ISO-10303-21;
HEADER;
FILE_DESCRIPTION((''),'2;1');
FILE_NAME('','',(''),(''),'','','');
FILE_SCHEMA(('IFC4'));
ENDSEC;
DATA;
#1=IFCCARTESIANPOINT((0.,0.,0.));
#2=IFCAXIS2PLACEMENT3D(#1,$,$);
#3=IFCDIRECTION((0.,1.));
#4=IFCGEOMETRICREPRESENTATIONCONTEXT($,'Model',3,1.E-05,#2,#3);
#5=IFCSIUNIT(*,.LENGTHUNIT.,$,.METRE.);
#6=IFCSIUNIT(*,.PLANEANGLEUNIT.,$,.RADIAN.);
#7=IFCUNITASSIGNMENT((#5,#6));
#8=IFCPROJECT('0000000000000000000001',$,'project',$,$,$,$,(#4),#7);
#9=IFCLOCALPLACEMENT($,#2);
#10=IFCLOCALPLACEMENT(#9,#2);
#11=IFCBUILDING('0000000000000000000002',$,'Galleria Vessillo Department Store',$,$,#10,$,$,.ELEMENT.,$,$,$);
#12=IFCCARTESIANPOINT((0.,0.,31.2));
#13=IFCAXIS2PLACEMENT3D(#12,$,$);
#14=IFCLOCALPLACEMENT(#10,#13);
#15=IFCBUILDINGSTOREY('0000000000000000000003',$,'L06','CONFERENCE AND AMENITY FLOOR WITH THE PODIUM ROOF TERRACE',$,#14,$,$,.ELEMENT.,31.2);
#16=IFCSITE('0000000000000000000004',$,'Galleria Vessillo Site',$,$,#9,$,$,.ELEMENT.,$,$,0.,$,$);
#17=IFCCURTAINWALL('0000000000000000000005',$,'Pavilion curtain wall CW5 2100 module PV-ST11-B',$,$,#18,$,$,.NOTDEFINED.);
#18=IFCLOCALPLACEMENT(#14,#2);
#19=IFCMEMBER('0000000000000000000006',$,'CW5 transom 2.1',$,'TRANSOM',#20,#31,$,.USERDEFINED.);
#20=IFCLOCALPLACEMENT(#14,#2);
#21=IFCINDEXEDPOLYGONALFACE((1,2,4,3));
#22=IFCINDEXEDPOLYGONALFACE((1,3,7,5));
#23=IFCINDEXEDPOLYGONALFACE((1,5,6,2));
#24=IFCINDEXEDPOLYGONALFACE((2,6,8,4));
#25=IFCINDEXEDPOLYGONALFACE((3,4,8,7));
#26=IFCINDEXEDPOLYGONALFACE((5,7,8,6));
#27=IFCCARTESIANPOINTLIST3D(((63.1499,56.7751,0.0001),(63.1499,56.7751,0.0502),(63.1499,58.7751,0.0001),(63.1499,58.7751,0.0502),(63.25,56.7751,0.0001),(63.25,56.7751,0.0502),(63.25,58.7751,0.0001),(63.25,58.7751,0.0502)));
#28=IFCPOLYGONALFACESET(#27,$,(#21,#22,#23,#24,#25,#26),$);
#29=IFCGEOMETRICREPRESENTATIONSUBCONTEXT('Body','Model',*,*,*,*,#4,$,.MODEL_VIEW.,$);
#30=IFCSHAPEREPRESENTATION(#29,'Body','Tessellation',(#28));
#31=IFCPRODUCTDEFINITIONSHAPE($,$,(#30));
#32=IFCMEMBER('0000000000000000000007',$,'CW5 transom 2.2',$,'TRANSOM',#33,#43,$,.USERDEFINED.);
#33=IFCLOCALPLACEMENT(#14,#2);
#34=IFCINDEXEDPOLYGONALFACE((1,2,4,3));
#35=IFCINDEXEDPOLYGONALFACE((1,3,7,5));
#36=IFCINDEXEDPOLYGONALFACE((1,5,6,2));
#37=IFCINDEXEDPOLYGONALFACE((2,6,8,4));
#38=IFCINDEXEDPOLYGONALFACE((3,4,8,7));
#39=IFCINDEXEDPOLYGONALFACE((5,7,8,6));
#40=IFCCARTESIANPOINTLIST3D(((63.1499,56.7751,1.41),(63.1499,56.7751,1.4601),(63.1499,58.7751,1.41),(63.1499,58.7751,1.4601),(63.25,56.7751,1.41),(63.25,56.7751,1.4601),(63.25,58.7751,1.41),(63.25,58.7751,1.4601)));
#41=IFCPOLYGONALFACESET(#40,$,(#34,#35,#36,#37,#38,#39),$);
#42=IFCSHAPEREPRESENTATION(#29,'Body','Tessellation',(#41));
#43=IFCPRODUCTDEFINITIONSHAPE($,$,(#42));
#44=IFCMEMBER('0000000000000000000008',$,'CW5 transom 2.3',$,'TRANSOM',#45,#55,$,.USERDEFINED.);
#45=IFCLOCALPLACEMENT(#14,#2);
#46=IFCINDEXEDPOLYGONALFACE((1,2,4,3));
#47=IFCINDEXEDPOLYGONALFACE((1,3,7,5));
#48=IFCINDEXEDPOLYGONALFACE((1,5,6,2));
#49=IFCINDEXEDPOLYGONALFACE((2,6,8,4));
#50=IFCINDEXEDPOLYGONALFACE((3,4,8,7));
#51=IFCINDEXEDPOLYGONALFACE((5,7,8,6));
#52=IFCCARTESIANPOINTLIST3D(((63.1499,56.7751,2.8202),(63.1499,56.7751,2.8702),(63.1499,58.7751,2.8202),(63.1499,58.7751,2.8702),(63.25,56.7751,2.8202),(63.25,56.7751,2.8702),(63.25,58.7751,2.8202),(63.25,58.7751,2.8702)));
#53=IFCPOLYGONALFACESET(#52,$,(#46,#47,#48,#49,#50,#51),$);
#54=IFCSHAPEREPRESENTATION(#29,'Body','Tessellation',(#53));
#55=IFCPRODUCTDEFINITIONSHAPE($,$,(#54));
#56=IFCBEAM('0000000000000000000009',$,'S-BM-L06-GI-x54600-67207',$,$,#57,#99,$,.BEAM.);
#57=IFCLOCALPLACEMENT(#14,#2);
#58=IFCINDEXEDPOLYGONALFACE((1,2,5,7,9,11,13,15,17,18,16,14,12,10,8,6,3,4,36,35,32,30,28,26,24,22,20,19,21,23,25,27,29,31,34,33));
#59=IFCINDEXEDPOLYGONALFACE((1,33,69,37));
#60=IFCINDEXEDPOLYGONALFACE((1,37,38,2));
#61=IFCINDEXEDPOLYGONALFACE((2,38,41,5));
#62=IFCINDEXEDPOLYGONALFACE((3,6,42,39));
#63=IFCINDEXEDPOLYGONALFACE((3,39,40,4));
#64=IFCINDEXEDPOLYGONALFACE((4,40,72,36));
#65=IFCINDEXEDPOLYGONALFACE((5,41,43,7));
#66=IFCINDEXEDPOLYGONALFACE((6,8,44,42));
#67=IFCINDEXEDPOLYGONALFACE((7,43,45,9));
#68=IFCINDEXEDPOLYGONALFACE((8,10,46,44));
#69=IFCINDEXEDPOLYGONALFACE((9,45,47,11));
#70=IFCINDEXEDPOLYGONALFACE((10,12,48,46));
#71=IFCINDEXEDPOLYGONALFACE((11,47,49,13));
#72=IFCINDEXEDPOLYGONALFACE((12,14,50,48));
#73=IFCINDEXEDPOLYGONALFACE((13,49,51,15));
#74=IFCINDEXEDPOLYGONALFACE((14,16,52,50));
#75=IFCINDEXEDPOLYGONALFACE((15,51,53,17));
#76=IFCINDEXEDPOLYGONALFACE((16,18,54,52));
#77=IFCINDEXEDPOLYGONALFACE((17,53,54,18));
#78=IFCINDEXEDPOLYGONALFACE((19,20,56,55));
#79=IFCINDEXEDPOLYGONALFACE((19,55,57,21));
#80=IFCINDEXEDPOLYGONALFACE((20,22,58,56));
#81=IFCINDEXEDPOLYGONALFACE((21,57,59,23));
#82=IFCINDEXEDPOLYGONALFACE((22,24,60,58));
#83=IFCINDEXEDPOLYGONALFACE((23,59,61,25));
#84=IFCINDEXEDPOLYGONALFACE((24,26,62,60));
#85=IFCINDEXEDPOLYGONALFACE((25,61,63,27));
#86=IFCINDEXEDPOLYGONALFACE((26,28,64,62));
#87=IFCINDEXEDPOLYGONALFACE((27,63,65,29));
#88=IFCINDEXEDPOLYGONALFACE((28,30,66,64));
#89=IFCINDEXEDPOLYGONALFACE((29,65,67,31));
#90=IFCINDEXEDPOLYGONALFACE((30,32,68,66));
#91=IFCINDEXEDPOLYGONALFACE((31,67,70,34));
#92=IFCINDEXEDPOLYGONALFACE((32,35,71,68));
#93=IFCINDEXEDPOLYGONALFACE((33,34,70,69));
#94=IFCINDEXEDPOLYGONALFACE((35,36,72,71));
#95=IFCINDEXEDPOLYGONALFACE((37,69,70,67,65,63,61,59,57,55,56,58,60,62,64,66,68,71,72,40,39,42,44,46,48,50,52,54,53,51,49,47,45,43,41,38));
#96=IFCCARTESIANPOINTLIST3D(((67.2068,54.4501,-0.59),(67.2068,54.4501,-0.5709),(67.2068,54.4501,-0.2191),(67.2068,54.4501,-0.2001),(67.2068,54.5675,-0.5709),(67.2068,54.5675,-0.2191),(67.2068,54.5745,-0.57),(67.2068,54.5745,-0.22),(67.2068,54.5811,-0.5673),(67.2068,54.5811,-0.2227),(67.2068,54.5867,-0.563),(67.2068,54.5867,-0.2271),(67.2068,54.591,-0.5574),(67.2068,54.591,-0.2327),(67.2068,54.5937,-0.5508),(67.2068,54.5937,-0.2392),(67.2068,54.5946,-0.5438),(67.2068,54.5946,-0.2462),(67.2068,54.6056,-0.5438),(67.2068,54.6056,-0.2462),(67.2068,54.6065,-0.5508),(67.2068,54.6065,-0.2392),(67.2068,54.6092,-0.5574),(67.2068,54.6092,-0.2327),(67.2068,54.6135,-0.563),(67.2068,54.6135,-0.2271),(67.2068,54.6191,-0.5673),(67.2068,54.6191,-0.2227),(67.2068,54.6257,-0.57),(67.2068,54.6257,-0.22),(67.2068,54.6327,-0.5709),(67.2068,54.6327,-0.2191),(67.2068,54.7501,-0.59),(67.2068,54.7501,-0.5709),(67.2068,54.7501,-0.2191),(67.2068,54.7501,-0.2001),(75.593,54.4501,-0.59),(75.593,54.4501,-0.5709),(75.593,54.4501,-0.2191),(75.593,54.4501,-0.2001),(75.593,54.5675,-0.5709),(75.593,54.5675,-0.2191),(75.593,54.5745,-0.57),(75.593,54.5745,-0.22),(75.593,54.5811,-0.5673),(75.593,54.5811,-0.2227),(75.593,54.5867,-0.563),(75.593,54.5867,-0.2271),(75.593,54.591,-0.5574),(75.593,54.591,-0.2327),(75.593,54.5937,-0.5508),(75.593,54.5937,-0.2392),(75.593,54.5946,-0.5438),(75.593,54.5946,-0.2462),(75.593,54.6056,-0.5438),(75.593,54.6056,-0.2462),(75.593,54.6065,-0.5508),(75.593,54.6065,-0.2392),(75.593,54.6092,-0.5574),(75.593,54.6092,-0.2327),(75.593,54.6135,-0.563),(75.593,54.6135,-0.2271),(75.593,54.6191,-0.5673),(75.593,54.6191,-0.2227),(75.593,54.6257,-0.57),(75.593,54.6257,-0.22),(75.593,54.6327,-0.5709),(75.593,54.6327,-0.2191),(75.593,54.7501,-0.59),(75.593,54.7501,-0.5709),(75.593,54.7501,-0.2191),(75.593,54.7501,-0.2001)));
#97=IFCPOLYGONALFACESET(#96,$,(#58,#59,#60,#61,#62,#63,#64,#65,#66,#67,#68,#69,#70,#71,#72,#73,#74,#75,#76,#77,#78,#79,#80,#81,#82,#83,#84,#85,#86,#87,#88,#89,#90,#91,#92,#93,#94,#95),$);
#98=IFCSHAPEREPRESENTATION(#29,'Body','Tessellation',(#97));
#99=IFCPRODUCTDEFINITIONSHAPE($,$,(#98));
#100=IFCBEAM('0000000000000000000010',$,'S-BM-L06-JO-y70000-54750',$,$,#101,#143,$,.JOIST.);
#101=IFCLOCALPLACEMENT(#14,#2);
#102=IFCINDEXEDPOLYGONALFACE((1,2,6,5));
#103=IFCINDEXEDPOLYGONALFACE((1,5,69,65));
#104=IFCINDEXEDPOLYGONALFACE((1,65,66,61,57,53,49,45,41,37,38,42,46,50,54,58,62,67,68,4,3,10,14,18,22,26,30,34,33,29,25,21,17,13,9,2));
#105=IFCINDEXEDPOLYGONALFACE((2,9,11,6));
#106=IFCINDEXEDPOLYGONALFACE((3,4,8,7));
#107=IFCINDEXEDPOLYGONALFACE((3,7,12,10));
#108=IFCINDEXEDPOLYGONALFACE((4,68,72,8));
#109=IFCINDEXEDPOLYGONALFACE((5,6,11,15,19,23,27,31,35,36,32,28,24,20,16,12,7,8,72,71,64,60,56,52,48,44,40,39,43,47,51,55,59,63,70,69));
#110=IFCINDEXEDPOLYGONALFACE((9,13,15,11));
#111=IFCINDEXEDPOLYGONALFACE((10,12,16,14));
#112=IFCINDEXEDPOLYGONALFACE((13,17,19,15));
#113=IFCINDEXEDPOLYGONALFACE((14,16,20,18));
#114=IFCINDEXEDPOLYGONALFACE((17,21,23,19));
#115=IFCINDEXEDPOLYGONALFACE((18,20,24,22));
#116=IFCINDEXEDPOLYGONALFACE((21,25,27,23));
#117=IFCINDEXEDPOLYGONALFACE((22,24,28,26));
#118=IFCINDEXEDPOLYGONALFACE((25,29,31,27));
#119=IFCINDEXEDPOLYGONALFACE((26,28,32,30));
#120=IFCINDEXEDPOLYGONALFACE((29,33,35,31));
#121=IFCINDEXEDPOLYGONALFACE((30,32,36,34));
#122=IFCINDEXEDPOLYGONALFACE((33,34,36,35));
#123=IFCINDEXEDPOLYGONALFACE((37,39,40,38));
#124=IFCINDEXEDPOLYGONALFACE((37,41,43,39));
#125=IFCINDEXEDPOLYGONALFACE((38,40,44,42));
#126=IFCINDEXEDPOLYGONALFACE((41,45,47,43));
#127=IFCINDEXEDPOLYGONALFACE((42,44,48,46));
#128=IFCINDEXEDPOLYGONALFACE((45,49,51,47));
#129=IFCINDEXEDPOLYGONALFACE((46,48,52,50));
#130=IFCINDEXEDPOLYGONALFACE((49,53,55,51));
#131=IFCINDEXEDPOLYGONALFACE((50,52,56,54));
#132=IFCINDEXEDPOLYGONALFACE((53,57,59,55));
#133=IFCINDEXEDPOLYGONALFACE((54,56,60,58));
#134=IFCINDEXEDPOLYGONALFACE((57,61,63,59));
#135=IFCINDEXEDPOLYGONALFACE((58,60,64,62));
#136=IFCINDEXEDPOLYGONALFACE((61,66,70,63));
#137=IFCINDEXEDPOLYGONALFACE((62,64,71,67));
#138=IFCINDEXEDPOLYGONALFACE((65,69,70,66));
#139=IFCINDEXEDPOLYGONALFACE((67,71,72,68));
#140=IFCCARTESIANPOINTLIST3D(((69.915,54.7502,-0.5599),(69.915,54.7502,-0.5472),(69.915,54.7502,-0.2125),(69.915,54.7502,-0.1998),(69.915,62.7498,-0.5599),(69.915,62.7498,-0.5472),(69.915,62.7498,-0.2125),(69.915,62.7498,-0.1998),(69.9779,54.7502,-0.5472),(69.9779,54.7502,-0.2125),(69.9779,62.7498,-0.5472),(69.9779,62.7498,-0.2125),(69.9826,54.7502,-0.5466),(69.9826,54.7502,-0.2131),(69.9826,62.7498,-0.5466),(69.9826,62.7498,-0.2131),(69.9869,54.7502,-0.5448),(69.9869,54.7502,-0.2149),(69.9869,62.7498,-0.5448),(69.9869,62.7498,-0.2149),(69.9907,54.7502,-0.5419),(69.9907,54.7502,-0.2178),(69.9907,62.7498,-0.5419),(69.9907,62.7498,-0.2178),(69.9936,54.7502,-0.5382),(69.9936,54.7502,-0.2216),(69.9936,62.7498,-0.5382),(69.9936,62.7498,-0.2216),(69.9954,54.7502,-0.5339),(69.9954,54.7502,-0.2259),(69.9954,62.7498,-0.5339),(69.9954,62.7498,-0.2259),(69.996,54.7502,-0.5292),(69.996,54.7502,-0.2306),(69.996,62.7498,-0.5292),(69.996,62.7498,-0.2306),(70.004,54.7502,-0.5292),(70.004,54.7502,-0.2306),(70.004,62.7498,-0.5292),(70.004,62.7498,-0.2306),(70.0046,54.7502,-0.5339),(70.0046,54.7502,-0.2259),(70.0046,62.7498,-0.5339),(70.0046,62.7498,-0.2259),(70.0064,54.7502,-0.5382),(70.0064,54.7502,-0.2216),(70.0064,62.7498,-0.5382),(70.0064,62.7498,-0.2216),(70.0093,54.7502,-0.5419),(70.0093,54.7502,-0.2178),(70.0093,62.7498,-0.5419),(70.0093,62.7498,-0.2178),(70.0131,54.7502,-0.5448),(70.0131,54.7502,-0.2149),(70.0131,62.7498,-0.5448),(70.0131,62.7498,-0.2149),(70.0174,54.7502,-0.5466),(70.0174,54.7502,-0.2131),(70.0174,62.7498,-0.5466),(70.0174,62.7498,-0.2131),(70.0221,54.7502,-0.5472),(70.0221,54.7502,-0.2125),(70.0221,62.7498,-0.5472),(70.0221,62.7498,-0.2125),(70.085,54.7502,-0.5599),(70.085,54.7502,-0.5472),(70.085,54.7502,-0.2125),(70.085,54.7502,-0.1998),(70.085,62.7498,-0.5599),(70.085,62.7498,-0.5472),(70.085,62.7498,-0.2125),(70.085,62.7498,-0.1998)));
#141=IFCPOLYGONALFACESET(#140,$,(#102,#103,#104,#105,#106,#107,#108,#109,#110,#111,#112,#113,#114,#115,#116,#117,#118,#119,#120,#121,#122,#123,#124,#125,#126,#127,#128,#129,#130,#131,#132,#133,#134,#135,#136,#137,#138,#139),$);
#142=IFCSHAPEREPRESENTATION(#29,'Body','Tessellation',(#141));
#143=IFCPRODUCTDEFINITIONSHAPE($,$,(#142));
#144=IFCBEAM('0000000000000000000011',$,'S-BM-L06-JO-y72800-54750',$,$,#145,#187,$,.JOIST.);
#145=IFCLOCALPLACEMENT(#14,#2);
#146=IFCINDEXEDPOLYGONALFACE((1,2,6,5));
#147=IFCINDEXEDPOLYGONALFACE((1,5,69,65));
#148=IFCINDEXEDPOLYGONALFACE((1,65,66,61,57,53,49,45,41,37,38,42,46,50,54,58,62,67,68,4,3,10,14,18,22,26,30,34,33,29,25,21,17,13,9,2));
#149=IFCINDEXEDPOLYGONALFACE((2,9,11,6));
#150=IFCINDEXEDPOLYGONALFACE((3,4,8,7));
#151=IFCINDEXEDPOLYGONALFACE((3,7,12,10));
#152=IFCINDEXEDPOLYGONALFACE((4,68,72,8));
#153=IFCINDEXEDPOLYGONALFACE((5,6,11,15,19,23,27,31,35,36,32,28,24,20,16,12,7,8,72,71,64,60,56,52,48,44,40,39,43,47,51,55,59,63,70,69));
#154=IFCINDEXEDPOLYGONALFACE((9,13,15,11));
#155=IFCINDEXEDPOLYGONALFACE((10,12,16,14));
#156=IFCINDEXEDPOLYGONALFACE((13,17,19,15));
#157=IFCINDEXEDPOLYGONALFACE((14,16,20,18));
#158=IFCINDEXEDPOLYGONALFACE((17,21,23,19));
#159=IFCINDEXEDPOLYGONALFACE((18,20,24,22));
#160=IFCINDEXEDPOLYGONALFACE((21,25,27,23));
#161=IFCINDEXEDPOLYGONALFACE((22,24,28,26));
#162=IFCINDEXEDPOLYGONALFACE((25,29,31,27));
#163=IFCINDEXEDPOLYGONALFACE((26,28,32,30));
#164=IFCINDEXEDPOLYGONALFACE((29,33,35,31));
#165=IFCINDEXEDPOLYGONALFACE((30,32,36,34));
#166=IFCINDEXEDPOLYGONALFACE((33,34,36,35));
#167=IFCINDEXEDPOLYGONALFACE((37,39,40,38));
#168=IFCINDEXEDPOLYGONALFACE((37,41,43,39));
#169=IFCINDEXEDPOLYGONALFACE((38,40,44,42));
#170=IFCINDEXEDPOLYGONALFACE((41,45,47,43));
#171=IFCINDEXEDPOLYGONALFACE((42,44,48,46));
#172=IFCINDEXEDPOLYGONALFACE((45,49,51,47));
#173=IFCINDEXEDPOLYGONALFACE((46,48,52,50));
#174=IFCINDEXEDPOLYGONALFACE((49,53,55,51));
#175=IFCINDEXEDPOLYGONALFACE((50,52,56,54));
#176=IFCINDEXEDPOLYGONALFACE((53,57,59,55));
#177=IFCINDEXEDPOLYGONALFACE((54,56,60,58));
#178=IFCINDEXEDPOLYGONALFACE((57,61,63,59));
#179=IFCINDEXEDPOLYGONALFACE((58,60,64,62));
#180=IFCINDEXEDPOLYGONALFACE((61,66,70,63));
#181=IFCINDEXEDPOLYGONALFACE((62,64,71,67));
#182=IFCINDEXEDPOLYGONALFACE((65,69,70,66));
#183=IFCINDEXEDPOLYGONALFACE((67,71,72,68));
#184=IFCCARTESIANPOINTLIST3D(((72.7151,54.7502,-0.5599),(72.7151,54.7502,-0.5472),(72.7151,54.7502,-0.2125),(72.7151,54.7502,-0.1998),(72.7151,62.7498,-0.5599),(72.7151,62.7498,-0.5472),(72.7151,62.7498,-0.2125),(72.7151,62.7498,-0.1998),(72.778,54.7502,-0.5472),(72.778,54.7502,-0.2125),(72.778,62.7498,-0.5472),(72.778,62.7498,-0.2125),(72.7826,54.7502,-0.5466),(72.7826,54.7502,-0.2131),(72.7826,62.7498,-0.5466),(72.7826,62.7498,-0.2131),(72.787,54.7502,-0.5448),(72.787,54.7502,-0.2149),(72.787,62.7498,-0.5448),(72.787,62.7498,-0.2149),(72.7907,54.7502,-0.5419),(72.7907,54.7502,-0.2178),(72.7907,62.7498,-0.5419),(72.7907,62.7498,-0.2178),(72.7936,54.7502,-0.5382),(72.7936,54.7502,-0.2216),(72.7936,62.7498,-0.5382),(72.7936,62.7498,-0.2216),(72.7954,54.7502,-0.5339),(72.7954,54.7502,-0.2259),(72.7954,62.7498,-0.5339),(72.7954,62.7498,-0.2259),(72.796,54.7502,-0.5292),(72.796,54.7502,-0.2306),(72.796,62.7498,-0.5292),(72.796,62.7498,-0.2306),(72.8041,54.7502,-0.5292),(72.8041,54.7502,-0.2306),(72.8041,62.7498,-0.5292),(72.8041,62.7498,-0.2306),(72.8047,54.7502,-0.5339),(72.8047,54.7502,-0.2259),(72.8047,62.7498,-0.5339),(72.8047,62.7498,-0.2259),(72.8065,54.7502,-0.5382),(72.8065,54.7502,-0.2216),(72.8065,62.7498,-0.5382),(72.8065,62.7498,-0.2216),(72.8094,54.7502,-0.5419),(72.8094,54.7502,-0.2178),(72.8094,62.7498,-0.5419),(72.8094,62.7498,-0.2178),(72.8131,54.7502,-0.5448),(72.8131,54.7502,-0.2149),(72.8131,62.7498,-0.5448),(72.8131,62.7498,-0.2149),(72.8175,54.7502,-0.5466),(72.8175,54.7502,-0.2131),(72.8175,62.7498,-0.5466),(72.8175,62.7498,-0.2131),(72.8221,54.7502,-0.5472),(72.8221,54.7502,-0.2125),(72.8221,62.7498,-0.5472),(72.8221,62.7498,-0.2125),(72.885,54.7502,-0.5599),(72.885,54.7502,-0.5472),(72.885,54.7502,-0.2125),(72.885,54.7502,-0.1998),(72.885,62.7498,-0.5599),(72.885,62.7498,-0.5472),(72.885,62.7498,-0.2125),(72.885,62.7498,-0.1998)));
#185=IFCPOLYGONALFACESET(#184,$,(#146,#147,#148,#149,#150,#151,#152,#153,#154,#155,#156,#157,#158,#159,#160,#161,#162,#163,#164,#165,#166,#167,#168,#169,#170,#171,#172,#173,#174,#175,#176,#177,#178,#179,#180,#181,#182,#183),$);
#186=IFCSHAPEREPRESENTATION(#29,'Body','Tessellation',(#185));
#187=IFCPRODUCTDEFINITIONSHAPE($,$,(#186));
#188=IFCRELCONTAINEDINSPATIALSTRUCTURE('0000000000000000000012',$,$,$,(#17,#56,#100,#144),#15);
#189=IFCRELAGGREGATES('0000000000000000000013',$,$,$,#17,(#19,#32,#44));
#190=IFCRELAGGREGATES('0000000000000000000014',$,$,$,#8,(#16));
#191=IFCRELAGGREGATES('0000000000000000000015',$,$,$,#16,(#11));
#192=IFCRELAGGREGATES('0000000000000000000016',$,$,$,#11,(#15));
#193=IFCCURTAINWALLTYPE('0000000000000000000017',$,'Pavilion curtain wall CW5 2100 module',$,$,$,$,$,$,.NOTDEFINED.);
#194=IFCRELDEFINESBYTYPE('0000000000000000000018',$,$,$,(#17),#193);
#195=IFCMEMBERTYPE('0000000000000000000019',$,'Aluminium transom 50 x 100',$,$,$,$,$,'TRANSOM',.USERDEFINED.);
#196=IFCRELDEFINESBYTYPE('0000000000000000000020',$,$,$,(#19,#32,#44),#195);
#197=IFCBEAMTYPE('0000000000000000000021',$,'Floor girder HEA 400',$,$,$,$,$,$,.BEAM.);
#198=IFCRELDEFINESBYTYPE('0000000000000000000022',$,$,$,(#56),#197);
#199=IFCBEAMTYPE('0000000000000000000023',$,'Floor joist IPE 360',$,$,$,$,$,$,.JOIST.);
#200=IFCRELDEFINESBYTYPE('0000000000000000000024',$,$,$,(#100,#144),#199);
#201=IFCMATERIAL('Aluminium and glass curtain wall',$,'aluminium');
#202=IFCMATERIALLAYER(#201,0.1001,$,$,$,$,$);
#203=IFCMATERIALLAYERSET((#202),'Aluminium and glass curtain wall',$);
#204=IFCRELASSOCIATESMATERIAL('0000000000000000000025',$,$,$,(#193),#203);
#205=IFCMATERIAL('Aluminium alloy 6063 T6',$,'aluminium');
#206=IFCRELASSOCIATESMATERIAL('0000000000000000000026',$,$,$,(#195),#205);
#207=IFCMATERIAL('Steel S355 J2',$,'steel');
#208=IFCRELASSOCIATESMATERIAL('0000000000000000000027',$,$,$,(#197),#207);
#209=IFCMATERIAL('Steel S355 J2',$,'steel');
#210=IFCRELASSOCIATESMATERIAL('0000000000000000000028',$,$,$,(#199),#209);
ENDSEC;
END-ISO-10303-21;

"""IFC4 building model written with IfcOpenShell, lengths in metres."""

from ifc_helpers import new_model, si_unit, direction, frame, origin, origin_2d, place, context, subcontext, project, spatial, rectangle, i_section, extrude, material, layer, layer_set, material_profile, profile_set, type_object, element, aggregate, save


model = new_model("IFC4")

# Units and contexts
model_context = context("Model", 3, precision=1e-05, world=origin(), true_north=direction((0.0, 1.0)))
body_context = subcontext(model_context, "Body", "Model", "MODEL_VIEW")
ifc_project = project(units=[si_unit("LENGTHUNIT", "METRE"), si_unit("PLANEANGLEUNIT", "RADIAN")], contexts=[model_context])

# Site, building, storey
site_placement = place(None, origin())
site = spatial("IfcSite", under=ifc_project, at=site_placement, Name="Galleria Vessillo Site", CompositionType="ELEMENT", RefElevation=0.0)
building_placement = place(site_placement, origin())
building = spatial("IfcBuilding", under=site, at=building_placement, Name="Galleria Vessillo Department Store", CompositionType="ELEMENT")
storey_placement = place(building_placement, frame((0.0, 0.0, 31.2)))
storey = spatial("IfcBuildingStorey", under=building, at=storey_placement, Name="L06", Description="CONFERENCE AND AMENITY FLOOR WITH THE PODIUM ROOF TERRACE", CompositionType="ELEMENT", Elevation=31.2)

# Curtain wall
ifc_material_1 = material(Name="Aluminium and glass curtain wall", Category="aluminium")
ifc_layer_1 = layer(ifc_material_1, 0.1001)
ifc_layer_set_1 = layer_set([ifc_layer_1], Name="Aluminium and glass curtain wall")
curtain_wall_type = type_object("IfcCurtainWallType", Name="Pavilion curtain wall CW5 2100 module", PredefinedType="NOTDEFINED", material=ifc_layer_set_1)
curtain_wall_1_placement = place(storey_placement, origin())
curtain_wall_1 = element("IfcCurtainWall", 1, at=curtain_wall_1_placement, inside=storey, type_object=curtain_wall_type, Name="Pavilion curtain wall CW5 2100 module PV-ST11-B", PredefinedType="NOTDEFINED")

# Members
ifc_material_2 = material(Name="Aluminium alloy 6063 T6", Category="aluminium")
ifc_material_profile_1 = material_profile(ifc_material_2, rectangle(XDim=0.1001, YDim=0.05, at=origin_2d()), Name="AL 50x100")
ifc_profile_set_1 = profile_set([ifc_material_profile_1], Name="Aluminium alloy 6063 T6")
member_type_1 = type_object("IfcMemberType", Name="Aluminium transom 50 x 100", ElementType="TRANSOM", PredefinedType="USERDEFINED", material=ifc_profile_set_1)
member_1_placement = place(storey_placement, frame((63.2, 56.7751, 0.0251), z_axis=(0.0, 1.0, 0.0), x_axis=(-1.0, 0.0, 0.0)))
member_1 = element("IfcMember", 2, at=member_1_placement, type_object=member_type_1, Name="CW5 transom 2.1", ObjectType="TRANSOM", PredefinedType="USERDEFINED", context=body_context, shape_type="SweptSolid", body=[
    extrude(rectangle(XDim=0.1001, YDim=0.05, at=origin_2d()), origin(), (0.0, 0.0, 1.0), 2.0),
])
member_2_placement = place(storey_placement, frame((63.2, 56.7751, 1.4351), z_axis=(0.0, 1.0, 0.0), x_axis=(-1.0, 0.0, 0.0)))
member_2 = element("IfcMember", 3, at=member_2_placement, type_object=member_type_1, Name="CW5 transom 2.2", ObjectType="TRANSOM", PredefinedType="USERDEFINED", context=body_context, shape_type="SweptSolid", body=[
    extrude(rectangle(XDim=0.1001, YDim=0.05, at=origin_2d()), origin(), (0.0, 0.0, 1.0), 2.0),
])
member_3_placement = place(storey_placement, frame((63.2, 56.7751, 2.8452), z_axis=(0.0, 1.0, 0.0), x_axis=(-1.0, 0.0, 0.0)))
member_3 = element("IfcMember", 4, at=member_3_placement, type_object=member_type_1, Name="CW5 transom 2.3", ObjectType="TRANSOM", PredefinedType="USERDEFINED", context=body_context, shape_type="SweptSolid", body=[
    extrude(rectangle(XDim=0.1001, YDim=0.05, at=origin_2d()), origin(), (0.0, 0.0, 1.0), 2.0),
])

# Beams
ifc_material_3 = material(Name="Steel S355 J2", Category="steel")
ifc_material_profile_2 = material_profile(ifc_material_3, i_section(OverallWidth=0.3, OverallDepth=0.3899, WebThickness=0.011, FlangeThickness=0.019, FilletRadius=0.0271, at=origin_2d()), Name="HEA 400")
ifc_profile_set_2 = profile_set([ifc_material_profile_2], Name="Steel S355 J2")
beam_type_1 = type_object("IfcBeamType", Name="Floor girder HEA 400", PredefinedType="BEAM", material=ifc_profile_set_2)
beam_1_placement = place(storey_placement, frame((67.2068, 54.6001, -0.395), z_axis=(1.0, 0.0, 0.0), x_axis=(0.0, 1.0, 0.0)))
element("IfcBeam", 5, at=beam_1_placement, inside=storey, type_object=beam_type_1, Name="S-BM-L06-GI-x54600-67207", PredefinedType="BEAM", context=body_context, shape_type="SweptSolid", body=[
    extrude(i_section(OverallWidth=0.3, OverallDepth=0.3899, WebThickness=0.011, FlangeThickness=0.019, FilletRadius=0.0271, at=origin_2d()), origin(), (0.0, 0.0, 1.0), 8.3862),
])
ifc_material_4 = material(Name="Steel S355 J2", Category="steel")
ifc_material_profile_3 = material_profile(ifc_material_4, i_section(OverallWidth=0.1699, OverallDepth=0.3601, WebThickness=0.0081, FlangeThickness=0.0127, FilletRadius=0.0181, at=origin_2d()), Name="IPE 360")
ifc_profile_set_3 = profile_set([ifc_material_profile_3], Name="Steel S355 J2")
beam_type_2 = type_object("IfcBeamType", Name="Floor joist IPE 360", PredefinedType="JOIST", material=ifc_profile_set_3)
for number, where, z_axis, x_axis, name in (
    (6, (70.0, 54.7502, -0.3799), (0.0, 1.0, 0.0), (-1.0, 0.0, 0.0), "S-BM-L06-JO-y70000-54750"),
    (7, (72.8, 54.7502, -0.3799), (0.0, 1.0, 0.0), (-1.0, 0.0, 0.0), "S-BM-L06-JO-y72800-54750"),
):
    element("IfcBeam", number, at=place(storey_placement, frame(where, z_axis=z_axis, x_axis=x_axis)), inside=storey, type_object=beam_type_2, Name=name, PredefinedType="JOIST", context=body_context, shape_type="SweptSolid", body=[
        extrude(i_section(OverallWidth=0.1699, OverallDepth=0.3601, WebThickness=0.0081, FlangeThickness=0.0127, FilletRadius=0.0181, at=origin_2d()), origin(), (0.0, 0.0, 1.0), 7.9995),
    ])

aggregate(curtain_wall_1, [member_1, member_2, member_3])

save(model, "model.ifc")
